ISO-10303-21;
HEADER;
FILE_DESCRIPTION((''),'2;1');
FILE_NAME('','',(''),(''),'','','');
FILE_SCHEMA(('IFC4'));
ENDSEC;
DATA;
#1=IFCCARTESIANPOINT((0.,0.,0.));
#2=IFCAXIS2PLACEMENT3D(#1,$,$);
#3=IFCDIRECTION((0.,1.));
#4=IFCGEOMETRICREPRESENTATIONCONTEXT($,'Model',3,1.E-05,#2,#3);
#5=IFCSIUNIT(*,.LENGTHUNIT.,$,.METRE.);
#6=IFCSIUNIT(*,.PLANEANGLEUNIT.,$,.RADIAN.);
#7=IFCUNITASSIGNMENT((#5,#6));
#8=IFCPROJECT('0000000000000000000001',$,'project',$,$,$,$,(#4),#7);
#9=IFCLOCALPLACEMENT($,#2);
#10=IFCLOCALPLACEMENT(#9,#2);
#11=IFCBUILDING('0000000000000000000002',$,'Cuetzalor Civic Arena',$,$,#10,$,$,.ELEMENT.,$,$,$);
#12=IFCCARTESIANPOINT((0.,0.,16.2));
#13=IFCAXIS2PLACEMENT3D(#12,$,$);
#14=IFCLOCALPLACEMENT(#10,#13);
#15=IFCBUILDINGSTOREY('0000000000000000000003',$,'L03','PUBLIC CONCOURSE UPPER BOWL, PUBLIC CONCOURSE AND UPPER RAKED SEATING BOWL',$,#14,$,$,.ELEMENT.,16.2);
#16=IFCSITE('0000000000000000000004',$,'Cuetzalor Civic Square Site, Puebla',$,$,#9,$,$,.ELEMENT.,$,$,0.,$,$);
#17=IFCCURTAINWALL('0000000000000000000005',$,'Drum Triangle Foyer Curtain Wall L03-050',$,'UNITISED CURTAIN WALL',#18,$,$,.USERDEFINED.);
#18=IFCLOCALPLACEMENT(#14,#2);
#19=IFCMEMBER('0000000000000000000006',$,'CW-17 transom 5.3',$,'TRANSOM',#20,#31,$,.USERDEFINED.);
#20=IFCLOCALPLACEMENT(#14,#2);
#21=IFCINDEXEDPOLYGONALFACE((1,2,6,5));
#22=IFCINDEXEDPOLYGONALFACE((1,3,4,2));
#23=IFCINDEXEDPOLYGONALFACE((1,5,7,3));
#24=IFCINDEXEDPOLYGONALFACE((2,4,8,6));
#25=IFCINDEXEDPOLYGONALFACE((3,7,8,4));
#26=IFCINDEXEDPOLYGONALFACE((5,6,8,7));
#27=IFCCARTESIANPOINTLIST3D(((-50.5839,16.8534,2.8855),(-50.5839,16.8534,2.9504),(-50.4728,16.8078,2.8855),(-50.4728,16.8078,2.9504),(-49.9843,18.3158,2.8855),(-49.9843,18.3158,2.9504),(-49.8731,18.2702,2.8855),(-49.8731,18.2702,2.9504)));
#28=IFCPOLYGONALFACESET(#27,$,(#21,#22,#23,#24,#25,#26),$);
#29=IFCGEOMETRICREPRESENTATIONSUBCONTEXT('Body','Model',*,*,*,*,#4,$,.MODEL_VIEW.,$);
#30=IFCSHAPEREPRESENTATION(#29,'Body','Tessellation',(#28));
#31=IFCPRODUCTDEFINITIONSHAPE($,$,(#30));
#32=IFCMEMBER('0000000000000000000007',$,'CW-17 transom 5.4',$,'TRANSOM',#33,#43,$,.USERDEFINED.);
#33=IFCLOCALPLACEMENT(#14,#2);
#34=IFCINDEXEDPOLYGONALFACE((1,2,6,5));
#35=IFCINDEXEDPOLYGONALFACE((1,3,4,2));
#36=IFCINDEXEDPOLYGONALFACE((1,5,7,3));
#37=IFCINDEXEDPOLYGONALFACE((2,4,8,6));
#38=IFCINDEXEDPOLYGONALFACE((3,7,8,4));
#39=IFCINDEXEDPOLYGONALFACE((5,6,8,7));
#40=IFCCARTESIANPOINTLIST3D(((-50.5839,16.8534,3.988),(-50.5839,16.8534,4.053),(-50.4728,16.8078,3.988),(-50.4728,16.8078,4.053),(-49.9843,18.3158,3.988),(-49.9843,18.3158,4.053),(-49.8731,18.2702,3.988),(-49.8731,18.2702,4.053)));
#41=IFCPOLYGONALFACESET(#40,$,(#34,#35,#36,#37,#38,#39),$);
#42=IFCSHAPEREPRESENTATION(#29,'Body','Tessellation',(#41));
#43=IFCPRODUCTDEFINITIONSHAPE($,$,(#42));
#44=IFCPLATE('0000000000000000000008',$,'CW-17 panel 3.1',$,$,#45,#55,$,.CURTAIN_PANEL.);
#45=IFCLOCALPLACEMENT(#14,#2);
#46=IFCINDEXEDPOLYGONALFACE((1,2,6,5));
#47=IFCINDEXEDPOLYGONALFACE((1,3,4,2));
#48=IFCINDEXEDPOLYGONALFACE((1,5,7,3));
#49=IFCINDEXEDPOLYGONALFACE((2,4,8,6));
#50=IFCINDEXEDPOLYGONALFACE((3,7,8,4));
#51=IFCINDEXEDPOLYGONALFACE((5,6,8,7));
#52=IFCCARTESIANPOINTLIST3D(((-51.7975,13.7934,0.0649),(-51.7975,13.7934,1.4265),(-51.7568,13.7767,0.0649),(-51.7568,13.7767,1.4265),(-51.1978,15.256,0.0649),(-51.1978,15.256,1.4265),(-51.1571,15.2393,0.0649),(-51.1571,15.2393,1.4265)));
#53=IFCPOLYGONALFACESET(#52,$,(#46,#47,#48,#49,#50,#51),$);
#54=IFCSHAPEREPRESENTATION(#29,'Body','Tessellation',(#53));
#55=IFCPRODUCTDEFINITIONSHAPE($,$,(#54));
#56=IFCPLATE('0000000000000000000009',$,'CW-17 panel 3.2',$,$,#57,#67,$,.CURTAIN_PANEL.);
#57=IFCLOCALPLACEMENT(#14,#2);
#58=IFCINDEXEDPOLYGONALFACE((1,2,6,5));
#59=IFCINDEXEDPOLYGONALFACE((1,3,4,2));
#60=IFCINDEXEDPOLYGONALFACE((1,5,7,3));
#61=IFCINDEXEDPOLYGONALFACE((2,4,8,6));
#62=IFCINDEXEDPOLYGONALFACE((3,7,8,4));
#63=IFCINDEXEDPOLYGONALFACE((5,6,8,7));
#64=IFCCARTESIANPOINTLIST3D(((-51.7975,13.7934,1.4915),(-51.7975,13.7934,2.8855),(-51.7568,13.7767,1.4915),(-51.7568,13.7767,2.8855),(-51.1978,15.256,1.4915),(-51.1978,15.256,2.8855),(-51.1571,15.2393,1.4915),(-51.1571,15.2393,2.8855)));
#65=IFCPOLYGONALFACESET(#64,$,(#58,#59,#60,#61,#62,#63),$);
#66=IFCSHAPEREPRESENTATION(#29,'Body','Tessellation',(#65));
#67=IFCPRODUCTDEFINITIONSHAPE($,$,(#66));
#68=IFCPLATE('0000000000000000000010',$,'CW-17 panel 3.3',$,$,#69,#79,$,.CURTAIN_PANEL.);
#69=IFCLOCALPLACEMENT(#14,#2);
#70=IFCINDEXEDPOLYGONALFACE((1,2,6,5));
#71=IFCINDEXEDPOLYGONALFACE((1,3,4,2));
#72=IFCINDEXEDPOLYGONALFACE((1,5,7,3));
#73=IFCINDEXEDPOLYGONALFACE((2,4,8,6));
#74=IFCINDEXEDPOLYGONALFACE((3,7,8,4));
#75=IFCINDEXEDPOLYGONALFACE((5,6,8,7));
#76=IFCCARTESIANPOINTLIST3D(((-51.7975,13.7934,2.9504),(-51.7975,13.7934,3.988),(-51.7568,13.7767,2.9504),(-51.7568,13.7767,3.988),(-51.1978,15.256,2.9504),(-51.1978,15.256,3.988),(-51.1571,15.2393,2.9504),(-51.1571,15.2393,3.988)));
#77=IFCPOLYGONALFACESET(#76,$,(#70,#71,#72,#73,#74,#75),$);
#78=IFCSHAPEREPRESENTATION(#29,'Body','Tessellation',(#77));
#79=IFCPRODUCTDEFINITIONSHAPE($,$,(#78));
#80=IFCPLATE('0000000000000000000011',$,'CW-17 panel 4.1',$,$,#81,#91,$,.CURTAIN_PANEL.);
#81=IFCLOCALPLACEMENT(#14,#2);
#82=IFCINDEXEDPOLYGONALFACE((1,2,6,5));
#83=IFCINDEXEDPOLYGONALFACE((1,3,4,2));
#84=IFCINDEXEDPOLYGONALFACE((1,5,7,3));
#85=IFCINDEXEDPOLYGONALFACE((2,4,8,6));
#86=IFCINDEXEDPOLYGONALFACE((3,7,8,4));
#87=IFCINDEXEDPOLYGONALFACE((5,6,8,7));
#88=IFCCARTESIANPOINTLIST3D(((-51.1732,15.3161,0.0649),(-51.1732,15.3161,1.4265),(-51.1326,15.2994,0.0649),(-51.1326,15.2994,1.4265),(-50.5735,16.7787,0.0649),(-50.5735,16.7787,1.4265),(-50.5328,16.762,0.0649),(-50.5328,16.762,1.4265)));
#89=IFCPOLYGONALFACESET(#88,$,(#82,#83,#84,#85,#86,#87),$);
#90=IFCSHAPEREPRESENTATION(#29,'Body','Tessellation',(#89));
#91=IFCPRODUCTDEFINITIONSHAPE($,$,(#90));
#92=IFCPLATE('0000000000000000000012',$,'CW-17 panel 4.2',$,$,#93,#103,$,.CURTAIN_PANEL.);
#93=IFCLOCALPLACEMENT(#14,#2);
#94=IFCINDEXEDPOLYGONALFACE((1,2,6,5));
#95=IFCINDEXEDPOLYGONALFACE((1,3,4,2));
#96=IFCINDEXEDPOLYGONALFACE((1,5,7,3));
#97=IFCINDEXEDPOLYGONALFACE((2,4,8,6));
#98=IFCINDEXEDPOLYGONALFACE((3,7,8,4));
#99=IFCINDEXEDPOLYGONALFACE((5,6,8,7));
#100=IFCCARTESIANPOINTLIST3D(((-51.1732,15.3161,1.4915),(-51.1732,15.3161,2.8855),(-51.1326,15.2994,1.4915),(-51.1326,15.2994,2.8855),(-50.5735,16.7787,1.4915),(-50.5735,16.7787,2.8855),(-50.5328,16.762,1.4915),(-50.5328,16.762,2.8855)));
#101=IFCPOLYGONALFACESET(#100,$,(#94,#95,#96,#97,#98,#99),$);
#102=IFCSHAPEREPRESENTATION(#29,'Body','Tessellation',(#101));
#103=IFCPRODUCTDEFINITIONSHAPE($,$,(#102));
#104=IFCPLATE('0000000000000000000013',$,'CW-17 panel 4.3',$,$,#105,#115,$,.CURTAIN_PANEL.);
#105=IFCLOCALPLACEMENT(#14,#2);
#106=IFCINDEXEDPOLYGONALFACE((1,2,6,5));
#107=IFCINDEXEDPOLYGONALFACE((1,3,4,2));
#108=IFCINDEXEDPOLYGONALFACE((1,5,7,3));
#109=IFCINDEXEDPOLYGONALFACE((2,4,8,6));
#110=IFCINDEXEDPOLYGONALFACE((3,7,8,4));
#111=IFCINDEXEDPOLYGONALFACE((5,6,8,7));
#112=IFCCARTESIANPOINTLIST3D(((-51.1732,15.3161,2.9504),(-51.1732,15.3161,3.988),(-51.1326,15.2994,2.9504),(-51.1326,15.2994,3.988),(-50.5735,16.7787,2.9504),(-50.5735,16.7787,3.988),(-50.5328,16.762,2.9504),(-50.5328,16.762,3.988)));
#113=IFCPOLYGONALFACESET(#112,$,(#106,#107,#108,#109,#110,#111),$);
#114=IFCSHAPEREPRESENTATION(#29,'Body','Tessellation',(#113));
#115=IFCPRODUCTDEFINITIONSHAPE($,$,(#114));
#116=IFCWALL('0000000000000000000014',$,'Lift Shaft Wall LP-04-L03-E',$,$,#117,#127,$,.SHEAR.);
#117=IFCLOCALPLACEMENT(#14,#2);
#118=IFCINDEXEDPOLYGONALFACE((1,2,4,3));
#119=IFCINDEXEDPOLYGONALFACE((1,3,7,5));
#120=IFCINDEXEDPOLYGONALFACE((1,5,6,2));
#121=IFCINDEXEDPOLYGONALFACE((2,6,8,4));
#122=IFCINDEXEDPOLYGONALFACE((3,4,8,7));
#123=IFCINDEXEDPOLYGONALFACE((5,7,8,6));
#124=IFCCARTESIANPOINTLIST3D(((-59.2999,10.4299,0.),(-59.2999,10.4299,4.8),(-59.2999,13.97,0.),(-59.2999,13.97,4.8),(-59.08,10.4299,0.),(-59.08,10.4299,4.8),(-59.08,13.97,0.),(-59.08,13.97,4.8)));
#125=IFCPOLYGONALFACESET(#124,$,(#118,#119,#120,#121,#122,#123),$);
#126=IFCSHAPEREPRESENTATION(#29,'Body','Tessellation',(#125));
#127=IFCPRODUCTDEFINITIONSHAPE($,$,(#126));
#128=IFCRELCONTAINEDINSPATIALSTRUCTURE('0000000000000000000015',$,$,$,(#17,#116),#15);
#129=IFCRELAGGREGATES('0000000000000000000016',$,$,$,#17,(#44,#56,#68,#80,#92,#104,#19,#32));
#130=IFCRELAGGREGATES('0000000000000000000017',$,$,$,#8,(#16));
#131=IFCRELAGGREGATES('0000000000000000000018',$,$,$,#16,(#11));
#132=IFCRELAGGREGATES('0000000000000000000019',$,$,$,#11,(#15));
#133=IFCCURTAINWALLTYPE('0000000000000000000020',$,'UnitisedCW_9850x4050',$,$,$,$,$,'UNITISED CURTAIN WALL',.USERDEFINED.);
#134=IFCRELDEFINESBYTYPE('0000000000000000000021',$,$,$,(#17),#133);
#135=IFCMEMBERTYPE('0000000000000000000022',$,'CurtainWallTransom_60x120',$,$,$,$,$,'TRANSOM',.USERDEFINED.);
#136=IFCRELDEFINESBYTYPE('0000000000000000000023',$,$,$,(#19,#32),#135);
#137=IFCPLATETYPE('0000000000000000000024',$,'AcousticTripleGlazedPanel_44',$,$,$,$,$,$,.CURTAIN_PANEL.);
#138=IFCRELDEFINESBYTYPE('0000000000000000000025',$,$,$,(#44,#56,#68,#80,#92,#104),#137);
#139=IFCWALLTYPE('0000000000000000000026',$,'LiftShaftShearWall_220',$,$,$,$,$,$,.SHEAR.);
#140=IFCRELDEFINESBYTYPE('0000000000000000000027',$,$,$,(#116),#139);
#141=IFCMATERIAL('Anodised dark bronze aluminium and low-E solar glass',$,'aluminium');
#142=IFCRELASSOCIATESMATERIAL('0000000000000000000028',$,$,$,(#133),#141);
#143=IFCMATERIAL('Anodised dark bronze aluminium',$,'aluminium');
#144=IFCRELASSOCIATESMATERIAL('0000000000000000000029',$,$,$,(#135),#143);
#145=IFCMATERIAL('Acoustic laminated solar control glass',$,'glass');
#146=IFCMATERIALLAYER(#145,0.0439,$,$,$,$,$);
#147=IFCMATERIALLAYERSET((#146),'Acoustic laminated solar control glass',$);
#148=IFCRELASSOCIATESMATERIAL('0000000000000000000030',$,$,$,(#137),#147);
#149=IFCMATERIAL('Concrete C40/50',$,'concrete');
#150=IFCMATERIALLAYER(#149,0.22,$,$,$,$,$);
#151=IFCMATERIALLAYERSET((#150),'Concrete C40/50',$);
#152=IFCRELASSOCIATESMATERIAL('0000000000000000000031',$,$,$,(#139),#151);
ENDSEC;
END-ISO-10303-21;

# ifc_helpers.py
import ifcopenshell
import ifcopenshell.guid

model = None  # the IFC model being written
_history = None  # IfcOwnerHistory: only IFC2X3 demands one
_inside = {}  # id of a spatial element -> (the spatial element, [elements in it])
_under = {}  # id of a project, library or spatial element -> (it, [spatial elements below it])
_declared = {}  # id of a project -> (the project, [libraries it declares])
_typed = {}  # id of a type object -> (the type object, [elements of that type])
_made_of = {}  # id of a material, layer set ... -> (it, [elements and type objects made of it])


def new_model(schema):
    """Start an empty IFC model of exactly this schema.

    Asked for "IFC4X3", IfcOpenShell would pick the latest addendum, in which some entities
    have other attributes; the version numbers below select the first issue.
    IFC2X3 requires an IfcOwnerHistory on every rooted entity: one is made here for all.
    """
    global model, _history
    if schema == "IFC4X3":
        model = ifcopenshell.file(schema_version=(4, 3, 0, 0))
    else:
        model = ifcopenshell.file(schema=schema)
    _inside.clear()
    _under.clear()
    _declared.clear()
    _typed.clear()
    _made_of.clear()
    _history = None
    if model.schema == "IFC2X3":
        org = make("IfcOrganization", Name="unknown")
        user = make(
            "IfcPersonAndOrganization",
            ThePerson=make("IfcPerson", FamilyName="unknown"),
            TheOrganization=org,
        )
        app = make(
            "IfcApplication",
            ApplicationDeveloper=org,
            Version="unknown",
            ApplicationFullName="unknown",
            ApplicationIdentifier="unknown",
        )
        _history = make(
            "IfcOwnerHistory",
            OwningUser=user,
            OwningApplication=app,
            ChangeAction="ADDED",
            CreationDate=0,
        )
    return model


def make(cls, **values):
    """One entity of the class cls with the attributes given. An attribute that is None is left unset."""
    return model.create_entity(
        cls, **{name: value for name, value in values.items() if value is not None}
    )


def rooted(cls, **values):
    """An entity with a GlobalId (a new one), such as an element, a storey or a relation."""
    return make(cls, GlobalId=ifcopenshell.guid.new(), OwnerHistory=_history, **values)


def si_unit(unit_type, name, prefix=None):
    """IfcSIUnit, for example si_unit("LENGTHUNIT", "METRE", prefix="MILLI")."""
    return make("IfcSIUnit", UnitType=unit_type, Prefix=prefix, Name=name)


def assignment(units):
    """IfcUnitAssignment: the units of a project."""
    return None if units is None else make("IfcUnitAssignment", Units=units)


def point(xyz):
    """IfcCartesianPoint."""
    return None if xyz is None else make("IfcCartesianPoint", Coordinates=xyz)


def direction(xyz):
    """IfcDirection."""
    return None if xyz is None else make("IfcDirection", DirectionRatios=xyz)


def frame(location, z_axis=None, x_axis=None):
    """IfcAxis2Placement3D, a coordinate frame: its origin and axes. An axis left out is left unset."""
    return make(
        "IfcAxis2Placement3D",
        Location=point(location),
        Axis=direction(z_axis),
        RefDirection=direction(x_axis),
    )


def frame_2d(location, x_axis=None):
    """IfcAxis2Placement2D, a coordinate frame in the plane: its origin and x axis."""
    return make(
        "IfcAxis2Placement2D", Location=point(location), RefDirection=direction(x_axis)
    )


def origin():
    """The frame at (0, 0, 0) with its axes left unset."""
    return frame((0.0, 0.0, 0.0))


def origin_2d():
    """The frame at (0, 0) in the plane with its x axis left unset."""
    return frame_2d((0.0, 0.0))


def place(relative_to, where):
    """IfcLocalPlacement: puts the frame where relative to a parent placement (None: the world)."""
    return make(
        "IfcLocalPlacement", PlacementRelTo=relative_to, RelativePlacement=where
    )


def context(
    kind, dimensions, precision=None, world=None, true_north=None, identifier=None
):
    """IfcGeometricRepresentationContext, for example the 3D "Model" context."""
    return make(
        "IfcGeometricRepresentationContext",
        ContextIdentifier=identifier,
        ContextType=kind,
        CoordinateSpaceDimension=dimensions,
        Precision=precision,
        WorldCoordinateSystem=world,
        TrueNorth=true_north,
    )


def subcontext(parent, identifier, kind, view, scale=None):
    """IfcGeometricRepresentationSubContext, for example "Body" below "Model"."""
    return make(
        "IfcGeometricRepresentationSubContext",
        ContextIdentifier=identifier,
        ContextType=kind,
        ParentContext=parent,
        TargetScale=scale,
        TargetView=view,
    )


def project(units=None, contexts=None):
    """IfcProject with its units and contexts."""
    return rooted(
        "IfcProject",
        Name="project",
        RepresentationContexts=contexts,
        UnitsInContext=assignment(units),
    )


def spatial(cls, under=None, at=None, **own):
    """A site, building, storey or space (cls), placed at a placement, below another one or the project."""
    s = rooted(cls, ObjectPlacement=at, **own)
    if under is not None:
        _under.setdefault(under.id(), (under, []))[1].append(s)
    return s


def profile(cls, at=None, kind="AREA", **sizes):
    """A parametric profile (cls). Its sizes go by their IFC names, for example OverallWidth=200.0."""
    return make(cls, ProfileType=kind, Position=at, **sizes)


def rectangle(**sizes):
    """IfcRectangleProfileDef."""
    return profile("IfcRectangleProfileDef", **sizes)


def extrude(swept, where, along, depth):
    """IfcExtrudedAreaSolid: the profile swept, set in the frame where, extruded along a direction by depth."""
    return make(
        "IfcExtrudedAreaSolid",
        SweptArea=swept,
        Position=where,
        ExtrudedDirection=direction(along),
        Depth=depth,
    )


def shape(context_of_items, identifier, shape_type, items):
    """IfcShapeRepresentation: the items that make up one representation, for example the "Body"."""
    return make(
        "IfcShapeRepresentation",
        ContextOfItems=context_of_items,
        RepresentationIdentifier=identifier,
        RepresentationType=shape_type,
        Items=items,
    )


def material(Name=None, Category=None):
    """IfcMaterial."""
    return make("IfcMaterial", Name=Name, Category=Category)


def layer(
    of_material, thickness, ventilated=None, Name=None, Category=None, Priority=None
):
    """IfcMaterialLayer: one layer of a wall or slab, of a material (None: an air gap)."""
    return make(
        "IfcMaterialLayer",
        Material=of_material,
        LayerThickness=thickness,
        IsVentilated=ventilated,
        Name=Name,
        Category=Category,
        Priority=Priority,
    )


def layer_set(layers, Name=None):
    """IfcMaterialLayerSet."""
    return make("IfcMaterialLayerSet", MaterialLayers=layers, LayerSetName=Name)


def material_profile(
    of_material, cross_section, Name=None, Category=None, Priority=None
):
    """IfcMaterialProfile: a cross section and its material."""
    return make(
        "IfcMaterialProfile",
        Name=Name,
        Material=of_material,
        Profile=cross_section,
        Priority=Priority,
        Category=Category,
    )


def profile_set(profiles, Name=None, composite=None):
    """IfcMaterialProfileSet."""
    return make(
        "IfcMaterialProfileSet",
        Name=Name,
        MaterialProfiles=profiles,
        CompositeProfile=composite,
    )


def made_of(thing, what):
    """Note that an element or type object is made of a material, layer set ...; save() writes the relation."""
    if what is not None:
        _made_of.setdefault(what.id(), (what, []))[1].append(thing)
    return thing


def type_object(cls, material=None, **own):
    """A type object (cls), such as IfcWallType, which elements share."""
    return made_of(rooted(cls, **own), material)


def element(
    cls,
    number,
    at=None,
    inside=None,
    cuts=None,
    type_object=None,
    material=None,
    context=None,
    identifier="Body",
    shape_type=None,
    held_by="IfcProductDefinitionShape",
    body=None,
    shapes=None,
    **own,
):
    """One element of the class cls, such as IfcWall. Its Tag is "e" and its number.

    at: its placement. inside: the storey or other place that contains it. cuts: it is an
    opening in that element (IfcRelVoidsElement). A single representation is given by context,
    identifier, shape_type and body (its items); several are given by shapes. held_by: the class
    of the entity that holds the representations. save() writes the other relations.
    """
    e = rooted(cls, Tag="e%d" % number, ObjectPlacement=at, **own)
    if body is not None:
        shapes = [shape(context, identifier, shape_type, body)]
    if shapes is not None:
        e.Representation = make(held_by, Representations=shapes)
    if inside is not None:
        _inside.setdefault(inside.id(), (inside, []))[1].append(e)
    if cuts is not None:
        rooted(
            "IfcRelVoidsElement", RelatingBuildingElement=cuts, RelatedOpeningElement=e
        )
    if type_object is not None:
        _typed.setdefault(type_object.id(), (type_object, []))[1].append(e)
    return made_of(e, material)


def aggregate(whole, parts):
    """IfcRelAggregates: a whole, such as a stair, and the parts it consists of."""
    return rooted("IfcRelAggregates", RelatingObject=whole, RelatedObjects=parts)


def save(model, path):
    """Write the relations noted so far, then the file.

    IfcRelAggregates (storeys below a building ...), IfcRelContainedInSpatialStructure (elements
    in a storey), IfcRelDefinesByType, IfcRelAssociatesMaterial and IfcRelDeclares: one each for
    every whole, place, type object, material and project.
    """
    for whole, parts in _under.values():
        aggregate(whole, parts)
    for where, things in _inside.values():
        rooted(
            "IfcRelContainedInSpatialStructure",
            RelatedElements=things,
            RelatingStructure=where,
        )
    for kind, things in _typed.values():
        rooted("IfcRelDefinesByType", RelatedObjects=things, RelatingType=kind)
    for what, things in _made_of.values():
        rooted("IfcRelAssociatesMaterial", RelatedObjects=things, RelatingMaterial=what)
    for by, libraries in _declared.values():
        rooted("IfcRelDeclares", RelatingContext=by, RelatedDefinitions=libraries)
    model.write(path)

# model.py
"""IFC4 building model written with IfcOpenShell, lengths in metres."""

from ifc_helpers import new_model, si_unit, direction, frame, frame_2d, origin, origin_2d, place, context, subcontext, project, spatial, rectangle, extrude, material, layer, layer_set, material_profile, profile_set, type_object, element, aggregate, save


model = new_model("IFC4")

# Units and contexts
model_context = context("Model", 3, precision=1e-05, world=origin(), true_north=direction((0.0, 1.0)))
body_context = subcontext(model_context, "Body", "Model", "MODEL_VIEW")
ifc_project = project(units=[si_unit("LENGTHUNIT", "METRE"), si_unit("PLANEANGLEUNIT", "RADIAN")], contexts=[model_context])

# Site, building, storey
site_placement = place(None, origin())
site = spatial("IfcSite", under=ifc_project, at=site_placement, Name="Cuetzalor Civic Square Site, Puebla", CompositionType="ELEMENT", RefElevation=0.0)
building_placement = place(site_placement, origin())
building = spatial("IfcBuilding", under=site, at=building_placement, Name="Cuetzalor Civic Arena", CompositionType="ELEMENT")
storey_placement = place(building_placement, frame((0.0, 0.0, 16.2)))
storey = spatial("IfcBuildingStorey", under=building, at=storey_placement, Name="L03", Description="PUBLIC CONCOURSE UPPER BOWL, PUBLIC CONCOURSE AND UPPER RAKED SEATING BOWL", CompositionType="ELEMENT", Elevation=16.2)

# Curtain wall, members, plates
ifc_material_1 = material(Name="Anodised dark bronze aluminium and low-E solar glass", Category="aluminium")
curtain_wall_type = type_object("IfcCurtainWallType", Name="UnitisedCW_9850x4050", ElementType="UNITISED CURTAIN WALL", PredefinedType="USERDEFINED", material=ifc_material_1)
curtain_wall_placement = place(storey_placement, origin())
curtain_wall = element("IfcCurtainWall", 1, at=curtain_wall_placement, inside=storey, type_object=curtain_wall_type, Name="Drum Triangle Foyer Curtain Wall L03-050", ObjectType="UNITISED CURTAIN WALL", PredefinedType="USERDEFINED")
ifc_material_2 = material(Name="Anodised dark bronze aluminium", Category="aluminium")
ifc_material_profile_1 = material_profile(ifc_material_2, rectangle(XDim=0.1201, YDim=0.0649, at=origin_2d()), Name="ALU TRANSOM 65x120")
ifc_profile_set_1 = profile_set([ifc_material_profile_1], Name="Anodised dark bronze aluminium")
member_type_1 = type_object("IfcMemberType", Name="CurtainWallTransom_60x120", ElementType="TRANSOM", PredefinedType="USERDEFINED", material=ifc_profile_set_1)
member_1_placement = place(storey_placement, frame((-50.5283, 16.8306, 2.918), z_axis=(0.379367, 0.925246, 0.0), x_axis=(-0.925246, 0.379367, 0.0)))
member_1 = element("IfcMember", 2, at=member_1_placement, type_object=member_type_1, Name="CW-17 transom 5.3", ObjectType="TRANSOM", PredefinedType="USERDEFINED", context=body_context, shape_type="SweptSolid", body=[
    extrude(rectangle(XDim=0.1201, YDim=0.0649, at=origin_2d()), origin(), (0.0, 0.0, 1.0), 1.5806),
])
member_2_placement = place(storey_placement, frame((-50.5283, 16.8306, 4.0205), z_axis=(0.379367, 0.925246, 0.0), x_axis=(-0.925246, 0.379367, 0.0)))
member_2 = element("IfcMember", 3, at=member_2_placement, type_object=member_type_1, Name="CW-17 transom 5.4", ObjectType="TRANSOM", PredefinedType="USERDEFINED", context=body_context, shape_type="SweptSolid", body=[
    extrude(rectangle(XDim=0.1201, YDim=0.0649, at=origin_2d()), origin(), (0.0, 0.0, 1.0), 1.5806),
])
ifc_material_3 = material(Name="Acoustic laminated solar control glass", Category="glass")
ifc_layer_1 = layer(ifc_material_3, 0.0439)
ifc_layer_set_1 = layer_set([ifc_layer_1], Name="Acoustic laminated solar control glass")
plate_type = type_object("IfcPlateType", Name="AcousticTripleGlazedPanel_44", PredefinedType="CURTAIN_PANEL", material=ifc_layer_set_1)
plate_1_placement = place(storey_placement, frame((-51.4773, 14.5164, 0.0649), z_axis=(0.0, 0.0, 1.0), x_axis=(0.379391, 0.925236, 0.0)))
plate_1 = element("IfcPlate", 4, at=plate_1_placement, type_object=plate_type, Name="CW-17 panel 3.1", PredefinedType="CURTAIN_PANEL", context=body_context, shape_type="SweptSolid", body=[
    extrude(rectangle(XDim=1.5808, YDim=0.0439, at=origin_2d()), origin(), (0.0, 0.0, 1.0), 1.3616),
])
plate_2_placement = place(storey_placement, frame((-51.4773, 14.5164, 1.4915), z_axis=(0.0, 0.0, 1.0), x_axis=(0.379391, 0.925236, 0.0)))
plate_2 = element("IfcPlate", 5, at=plate_2_placement, type_object=plate_type, Name="CW-17 panel 3.2", PredefinedType="CURTAIN_PANEL", context=body_context, shape_type="SweptSolid", body=[
    extrude(rectangle(XDim=1.5808, YDim=0.0439, at=origin_2d()), origin(), (0.0, 0.0, 1.0), 1.394),
])
plate_3_placement = place(storey_placement, frame((-51.4773, 14.5164, 2.9504), z_axis=(0.0, 0.0, 1.0), x_axis=(0.379391, 0.925236, 0.0)))
plate_3 = element("IfcPlate", 6, at=plate_3_placement, type_object=plate_type, Name="CW-17 panel 3.3", PredefinedType="CURTAIN_PANEL", context=body_context, shape_type="SweptSolid", body=[
    extrude(rectangle(XDim=1.5808, YDim=0.0439, at=origin_2d()), origin(), (0.0, 0.0, 1.0), 1.0376),
])
plate_4_placement = place(storey_placement, frame((-50.853, 16.0391, 0.0649), z_axis=(0.0, 0.0, 1.0), x_axis=(0.379391, 0.925236, 0.0)))
plate_4 = element("IfcPlate", 7, at=plate_4_placement, type_object=plate_type, Name="CW-17 panel 4.1", PredefinedType="CURTAIN_PANEL", context=body_context, shape_type="SweptSolid", body=[
    extrude(rectangle(XDim=1.5808, YDim=0.0439, at=origin_2d()), origin(), (0.0, 0.0, 1.0), 1.3616),
])
plate_5_placement = place(storey_placement, frame((-50.853, 16.0391, 1.4915), z_axis=(0.0, 0.0, 1.0), x_axis=(0.379391, 0.925236, 0.0)))
plate_5 = element("IfcPlate", 8, at=plate_5_placement, type_object=plate_type, Name="CW-17 panel 4.2", PredefinedType="CURTAIN_PANEL", context=body_context, shape_type="SweptSolid", body=[
    extrude(rectangle(XDim=1.5808, YDim=0.0439, at=origin_2d()), origin(), (0.0, 0.0, 1.0), 1.394),
])
plate_6_placement = place(storey_placement, frame((-50.853, 16.0391, 2.9504), z_axis=(0.0, 0.0, 1.0), x_axis=(0.379391, 0.925236, 0.0)))
plate_6 = element("IfcPlate", 9, at=plate_6_placement, type_object=plate_type, Name="CW-17 panel 4.3", PredefinedType="CURTAIN_PANEL", context=body_context, shape_type="SweptSolid", body=[
    extrude(rectangle(XDim=1.5808, YDim=0.0439, at=origin_2d()), origin(), (0.0, 0.0, 1.0), 1.0376),
])
aggregate(curtain_wall, [plate_1, plate_2, plate_3, plate_4, plate_5, plate_6, member_1, member_2])

# Wall
ifc_material_4 = material(Name="Concrete C40/50", Category="concrete")
ifc_layer_2 = layer(ifc_material_4, 0.22)
ifc_layer_set_2 = layer_set([ifc_layer_2], Name="Concrete C40/50")
wall_type = type_object("IfcWallType", Name="LiftShaftShearWall_220", PredefinedType="SHEAR", material=ifc_layer_set_2)
wall_placement = place(storey_placement, frame((-59.1899, 13.97, 0.0), z_axis=(0.0, 0.0, 1.0), x_axis=(0.0, -1.0, 0.0)))
element("IfcWall", 10, at=wall_placement, inside=storey, type_object=wall_type, Name="Lift Shaft Wall LP-04-L03-E", PredefinedType="SHEAR", context=body_context, shape_type="SweptSolid", body=[
    extrude(rectangle(XDim=3.54, YDim=0.22, at=frame_2d((1.77, 0.0))), origin(), (0.0, 0.0, 1.0), 4.8),
])

save(model, "model.ifc")
